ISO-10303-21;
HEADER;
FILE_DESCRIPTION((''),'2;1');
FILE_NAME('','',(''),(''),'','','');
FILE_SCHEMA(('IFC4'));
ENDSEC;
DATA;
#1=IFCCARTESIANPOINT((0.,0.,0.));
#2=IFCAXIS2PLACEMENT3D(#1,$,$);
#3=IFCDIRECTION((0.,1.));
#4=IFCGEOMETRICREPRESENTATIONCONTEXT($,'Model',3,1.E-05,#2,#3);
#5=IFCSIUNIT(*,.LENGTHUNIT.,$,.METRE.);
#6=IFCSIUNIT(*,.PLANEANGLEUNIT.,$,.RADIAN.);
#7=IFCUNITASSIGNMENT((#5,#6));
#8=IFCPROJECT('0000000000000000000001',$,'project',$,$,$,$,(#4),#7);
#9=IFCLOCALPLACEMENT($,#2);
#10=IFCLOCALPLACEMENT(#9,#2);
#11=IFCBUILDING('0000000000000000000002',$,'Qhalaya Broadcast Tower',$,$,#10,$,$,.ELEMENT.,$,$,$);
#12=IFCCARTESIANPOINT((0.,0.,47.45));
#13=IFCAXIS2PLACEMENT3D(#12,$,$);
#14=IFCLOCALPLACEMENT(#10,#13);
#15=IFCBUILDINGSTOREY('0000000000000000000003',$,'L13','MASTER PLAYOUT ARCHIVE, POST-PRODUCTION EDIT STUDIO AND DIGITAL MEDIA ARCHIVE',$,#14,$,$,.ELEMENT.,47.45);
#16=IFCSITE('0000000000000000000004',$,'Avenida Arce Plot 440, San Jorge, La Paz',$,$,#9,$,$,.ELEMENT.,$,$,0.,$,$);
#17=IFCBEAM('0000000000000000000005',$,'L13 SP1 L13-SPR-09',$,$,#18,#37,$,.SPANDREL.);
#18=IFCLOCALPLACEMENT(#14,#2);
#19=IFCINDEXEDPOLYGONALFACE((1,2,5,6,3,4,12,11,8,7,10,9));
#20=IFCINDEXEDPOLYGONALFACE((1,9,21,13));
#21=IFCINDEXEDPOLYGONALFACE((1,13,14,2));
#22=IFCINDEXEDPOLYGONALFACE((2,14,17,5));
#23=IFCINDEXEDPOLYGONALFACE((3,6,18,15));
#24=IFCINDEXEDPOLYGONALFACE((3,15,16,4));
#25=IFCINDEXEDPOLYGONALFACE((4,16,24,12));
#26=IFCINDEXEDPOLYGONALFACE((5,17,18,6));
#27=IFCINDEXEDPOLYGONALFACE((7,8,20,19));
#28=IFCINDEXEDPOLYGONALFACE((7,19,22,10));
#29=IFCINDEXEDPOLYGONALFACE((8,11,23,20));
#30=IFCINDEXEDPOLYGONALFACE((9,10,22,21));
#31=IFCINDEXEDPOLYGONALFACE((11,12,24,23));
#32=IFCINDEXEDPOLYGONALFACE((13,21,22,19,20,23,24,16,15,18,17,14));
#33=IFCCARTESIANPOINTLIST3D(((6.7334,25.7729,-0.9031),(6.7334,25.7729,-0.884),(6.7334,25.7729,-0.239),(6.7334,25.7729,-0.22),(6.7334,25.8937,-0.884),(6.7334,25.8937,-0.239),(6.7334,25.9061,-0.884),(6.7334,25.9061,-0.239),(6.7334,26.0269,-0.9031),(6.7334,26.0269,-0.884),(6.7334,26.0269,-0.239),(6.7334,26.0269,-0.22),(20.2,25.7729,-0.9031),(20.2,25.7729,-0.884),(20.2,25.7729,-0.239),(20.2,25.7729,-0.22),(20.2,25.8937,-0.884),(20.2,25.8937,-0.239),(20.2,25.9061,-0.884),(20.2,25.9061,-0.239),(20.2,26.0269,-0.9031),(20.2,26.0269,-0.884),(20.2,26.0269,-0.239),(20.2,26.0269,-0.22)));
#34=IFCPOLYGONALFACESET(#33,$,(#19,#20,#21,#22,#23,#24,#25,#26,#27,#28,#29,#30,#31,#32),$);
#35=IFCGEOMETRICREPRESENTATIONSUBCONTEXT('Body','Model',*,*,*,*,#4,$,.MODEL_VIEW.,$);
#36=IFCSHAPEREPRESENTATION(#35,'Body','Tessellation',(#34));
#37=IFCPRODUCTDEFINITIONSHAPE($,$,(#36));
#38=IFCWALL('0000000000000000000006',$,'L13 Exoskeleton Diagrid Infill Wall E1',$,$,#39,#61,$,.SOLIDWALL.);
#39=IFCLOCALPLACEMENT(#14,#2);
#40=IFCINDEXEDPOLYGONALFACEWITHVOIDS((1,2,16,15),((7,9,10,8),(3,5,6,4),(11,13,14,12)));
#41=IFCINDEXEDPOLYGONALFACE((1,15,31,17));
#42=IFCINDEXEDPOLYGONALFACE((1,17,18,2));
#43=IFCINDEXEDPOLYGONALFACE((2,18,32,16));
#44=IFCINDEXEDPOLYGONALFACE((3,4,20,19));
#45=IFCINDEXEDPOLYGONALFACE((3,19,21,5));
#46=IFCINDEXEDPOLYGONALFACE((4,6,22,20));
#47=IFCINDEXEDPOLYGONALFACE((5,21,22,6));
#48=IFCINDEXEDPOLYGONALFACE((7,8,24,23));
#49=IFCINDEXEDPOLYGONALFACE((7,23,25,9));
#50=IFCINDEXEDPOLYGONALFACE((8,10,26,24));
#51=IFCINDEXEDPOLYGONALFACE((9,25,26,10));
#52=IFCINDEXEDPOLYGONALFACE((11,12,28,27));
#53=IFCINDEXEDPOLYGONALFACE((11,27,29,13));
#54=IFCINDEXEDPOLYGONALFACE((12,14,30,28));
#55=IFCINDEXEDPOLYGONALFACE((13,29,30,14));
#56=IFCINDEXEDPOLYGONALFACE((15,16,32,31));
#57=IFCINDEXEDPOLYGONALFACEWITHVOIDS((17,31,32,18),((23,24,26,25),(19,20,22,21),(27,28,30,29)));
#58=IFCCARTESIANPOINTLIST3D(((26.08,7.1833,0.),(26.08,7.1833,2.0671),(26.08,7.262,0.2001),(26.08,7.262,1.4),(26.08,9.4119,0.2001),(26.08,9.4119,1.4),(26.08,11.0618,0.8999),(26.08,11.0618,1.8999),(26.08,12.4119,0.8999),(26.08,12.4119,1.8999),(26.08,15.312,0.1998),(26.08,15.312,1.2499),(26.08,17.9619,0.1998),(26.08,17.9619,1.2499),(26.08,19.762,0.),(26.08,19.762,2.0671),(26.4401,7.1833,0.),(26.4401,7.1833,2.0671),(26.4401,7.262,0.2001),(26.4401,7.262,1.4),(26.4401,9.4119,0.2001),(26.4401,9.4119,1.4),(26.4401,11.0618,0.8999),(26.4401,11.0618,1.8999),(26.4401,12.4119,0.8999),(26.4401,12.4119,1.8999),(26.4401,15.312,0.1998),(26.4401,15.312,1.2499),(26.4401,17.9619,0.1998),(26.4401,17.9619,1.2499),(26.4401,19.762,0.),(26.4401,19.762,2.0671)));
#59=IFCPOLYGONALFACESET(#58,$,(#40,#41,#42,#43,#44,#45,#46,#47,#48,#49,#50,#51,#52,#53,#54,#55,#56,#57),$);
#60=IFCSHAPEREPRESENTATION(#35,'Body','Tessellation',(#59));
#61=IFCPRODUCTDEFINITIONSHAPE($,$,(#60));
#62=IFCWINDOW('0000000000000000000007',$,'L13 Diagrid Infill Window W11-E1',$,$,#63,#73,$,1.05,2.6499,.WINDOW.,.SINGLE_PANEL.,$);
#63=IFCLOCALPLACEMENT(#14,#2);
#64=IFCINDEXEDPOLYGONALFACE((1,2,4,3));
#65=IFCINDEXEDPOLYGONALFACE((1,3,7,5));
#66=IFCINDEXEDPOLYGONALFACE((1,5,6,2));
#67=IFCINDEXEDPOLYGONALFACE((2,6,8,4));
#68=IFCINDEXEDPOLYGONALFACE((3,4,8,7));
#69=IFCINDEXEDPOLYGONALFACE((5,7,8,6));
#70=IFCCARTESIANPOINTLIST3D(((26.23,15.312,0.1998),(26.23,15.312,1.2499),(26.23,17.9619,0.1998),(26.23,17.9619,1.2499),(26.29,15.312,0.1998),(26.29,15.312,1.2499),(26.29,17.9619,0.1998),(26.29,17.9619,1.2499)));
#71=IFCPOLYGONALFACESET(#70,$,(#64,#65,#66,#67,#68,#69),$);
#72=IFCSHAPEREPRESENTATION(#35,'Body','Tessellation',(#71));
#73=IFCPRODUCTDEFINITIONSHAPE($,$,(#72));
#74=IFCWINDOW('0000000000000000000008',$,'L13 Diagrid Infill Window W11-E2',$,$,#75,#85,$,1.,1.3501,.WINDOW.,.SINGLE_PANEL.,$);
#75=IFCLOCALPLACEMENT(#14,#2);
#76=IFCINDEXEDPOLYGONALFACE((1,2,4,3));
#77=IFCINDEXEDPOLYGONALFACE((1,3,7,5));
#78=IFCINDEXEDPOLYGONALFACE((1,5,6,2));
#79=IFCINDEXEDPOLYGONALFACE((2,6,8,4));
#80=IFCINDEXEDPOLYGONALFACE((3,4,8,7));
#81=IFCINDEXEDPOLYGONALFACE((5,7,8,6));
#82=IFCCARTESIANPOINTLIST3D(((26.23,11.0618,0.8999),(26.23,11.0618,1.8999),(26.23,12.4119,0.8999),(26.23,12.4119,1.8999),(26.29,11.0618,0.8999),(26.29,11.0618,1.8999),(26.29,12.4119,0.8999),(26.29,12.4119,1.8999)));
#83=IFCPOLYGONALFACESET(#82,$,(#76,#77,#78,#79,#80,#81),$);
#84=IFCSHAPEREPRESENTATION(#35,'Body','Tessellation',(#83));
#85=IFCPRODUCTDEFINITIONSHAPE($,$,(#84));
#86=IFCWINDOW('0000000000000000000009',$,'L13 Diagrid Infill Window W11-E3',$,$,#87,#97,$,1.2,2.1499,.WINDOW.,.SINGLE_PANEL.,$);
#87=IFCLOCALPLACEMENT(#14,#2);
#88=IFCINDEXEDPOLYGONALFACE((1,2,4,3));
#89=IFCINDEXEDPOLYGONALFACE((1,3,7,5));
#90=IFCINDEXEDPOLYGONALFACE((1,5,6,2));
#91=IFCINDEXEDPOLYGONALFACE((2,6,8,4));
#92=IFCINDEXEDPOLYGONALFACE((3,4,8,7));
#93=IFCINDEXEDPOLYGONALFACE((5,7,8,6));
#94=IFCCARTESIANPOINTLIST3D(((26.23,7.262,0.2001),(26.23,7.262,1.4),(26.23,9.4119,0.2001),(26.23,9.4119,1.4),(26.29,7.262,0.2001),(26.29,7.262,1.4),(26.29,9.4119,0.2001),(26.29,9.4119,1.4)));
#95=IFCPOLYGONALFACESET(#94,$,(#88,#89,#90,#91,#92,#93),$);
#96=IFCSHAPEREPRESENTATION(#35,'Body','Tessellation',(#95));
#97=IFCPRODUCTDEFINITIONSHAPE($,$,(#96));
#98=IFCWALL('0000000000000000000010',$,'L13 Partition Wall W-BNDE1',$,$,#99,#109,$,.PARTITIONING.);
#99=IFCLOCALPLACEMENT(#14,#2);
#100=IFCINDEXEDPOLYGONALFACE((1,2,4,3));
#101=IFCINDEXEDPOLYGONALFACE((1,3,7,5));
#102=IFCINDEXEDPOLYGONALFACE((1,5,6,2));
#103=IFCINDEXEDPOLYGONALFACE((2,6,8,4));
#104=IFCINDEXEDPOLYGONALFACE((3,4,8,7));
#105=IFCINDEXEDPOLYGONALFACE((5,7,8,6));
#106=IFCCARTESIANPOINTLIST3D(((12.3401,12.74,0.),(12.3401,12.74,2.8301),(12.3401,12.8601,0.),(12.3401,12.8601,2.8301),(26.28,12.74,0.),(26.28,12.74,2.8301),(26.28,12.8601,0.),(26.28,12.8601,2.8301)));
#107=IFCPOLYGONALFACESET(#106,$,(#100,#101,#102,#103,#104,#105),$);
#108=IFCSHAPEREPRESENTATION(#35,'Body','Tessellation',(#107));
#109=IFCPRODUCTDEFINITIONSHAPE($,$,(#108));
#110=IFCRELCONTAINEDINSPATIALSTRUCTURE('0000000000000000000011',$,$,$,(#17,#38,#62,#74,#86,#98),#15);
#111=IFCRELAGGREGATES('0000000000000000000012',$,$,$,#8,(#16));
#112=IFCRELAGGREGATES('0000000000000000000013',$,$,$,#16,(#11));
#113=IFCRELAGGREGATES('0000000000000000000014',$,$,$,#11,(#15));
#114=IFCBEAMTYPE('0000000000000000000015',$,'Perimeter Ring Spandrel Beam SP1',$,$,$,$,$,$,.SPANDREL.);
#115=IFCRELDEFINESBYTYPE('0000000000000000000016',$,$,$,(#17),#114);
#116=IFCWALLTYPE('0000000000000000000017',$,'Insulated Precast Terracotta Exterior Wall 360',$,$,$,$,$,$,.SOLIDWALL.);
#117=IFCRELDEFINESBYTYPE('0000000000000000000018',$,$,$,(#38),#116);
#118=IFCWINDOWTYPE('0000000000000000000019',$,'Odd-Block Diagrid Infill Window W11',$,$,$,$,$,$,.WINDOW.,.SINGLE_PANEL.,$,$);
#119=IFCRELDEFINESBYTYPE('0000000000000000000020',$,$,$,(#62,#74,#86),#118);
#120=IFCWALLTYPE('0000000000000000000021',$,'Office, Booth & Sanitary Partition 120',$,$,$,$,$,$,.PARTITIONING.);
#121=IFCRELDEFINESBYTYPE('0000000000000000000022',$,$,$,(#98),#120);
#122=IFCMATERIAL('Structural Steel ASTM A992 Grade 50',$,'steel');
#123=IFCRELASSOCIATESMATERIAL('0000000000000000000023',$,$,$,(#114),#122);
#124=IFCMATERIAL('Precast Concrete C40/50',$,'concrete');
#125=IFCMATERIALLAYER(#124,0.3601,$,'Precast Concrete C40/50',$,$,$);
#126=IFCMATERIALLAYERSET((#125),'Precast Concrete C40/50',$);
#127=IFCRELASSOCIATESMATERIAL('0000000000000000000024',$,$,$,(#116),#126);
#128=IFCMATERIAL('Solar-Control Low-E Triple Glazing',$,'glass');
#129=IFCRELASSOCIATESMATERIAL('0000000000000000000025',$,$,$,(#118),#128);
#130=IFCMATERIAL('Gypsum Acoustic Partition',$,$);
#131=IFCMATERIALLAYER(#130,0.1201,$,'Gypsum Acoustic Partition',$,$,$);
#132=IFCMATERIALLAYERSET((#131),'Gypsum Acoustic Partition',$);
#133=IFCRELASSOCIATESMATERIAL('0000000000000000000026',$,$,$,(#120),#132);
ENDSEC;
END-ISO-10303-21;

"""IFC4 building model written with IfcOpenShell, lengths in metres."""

from ifc_helpers import new_model, si_unit, direction, frame, frame_2d, origin, origin_2d, place, context, subcontext, project, spatial, rectangle, i_section, extrude, material, layer, layer_set, material_profile, profile_set, type_object, element, fill, save


model = new_model("IFC4")

# Units and contexts
model_context = context("Model", 3, precision=1e-05, world=origin(), true_north=direction((0.0, 1.0)))
body_context = subcontext(model_context, "Body", "Model", "MODEL_VIEW")
ifc_project = project(units=[si_unit("LENGTHUNIT", "METRE"), si_unit("PLANEANGLEUNIT", "RADIAN")], contexts=[model_context])

# Site, building, storey
site_placement = place(None, origin())
site = spatial("IfcSite", under=ifc_project, at=site_placement, Name="Avenida Arce Plot 440, San Jorge, La Paz", CompositionType="ELEMENT", RefElevation=0.0)
building_placement = place(site_placement, origin())
building = spatial("IfcBuilding", under=site, at=building_placement, Name="Qhalaya Broadcast Tower", CompositionType="ELEMENT")
storey_placement = place(building_placement, frame((0.0, 0.0, 47.45)))
storey = spatial("IfcBuildingStorey", under=building, at=storey_placement, Name="L13", Description="MASTER PLAYOUT ARCHIVE, POST-PRODUCTION EDIT STUDIO AND DIGITAL MEDIA ARCHIVE", CompositionType="ELEMENT", Elevation=47.45)

# Shared definitions
ifc_material_1 = material(Name="Structural Steel ASTM A992 Grade 50", Category="steel")

# Beam
ifc_material_profile_1 = material_profile(ifc_material_1, i_section(OverallWidth=0.2539, OverallDepth=0.6831, WebThickness=0.0125, FlangeThickness=0.019, at=origin_2d()), Name="W27X94")
ifc_profile_set_1 = profile_set([ifc_material_profile_1], Name="Structural Steel ASTM A992 Grade 50")
beam_type_1 = type_object("IfcBeamType", Name="Perimeter Ring Spandrel Beam SP1", PredefinedType="SPANDREL", material=ifc_profile_set_1)
beam_1_placement = place(storey_placement, frame((20.2, 25.8999, -0.5615), z_axis=(-1.0, 0.0, 0.0), x_axis=(0.0, -1.0, 0.0)))
element("IfcBeam", 1, at=beam_1_placement, inside=storey, type_object=beam_type_1, Name="L13 SP1 L13-SPR-09", PredefinedType="SPANDREL", context=body_context, shape_type="SweptSolid", body=[
    extrude(i_section(OverallWidth=0.2539, OverallDepth=0.6831, WebThickness=0.0125, FlangeThickness=0.019, at=origin_2d()), origin(), (0.0, 0.0, 1.0), 13.4666),
])

# Wall, openings, windows
ifc_material_2 = material(Name="Precast Concrete C40/50", Category="concrete")
ifc_layer_1 = layer(ifc_material_2, 0.3601, Name="Precast Concrete C40/50")
ifc_layer_set_1 = layer_set([ifc_layer_1], Name="Precast Concrete C40/50")
wall_type_1 = type_object("IfcWallType", Name="Insulated Precast Terracotta Exterior Wall 360", PredefinedType="SOLIDWALL", material=ifc_layer_set_1)
wall_1_placement = place(storey_placement, frame((26.26, 19.762, 0.0), z_axis=(0.0, 0.0, 1.0), x_axis=(0.0, -1.0, 0.0)))
wall_1 = element("IfcWall", 2, at=wall_1_placement, inside=storey, type_object=wall_type_1, Name="L13 Exoskeleton Diagrid Infill Wall E1", PredefinedType="SOLIDWALL", context=body_context, shape_type="SweptSolid", body=[
    extrude(rectangle(XDim=12.5786, YDim=0.3601, at=frame_2d((6.2893, 0.0))), origin(), (0.0, 0.0, 1.0), 2.0671),
])
opening_1_placement = place(wall_1_placement, frame((1.8, 0.0, 0.2)))
opening_1 = element("IfcOpeningElement", 3, at=opening_1_placement, cuts=wall_1, PredefinedType="OPENING", context=body_context, shape_type="SweptSolid", body=[
    extrude(rectangle(XDim=2.6499, YDim=1.05, at=frame_2d((1.325, 0.5249))), frame((0.0, 0.1921, 0.0), z_axis=(0.0, -1.0, 0.0), x_axis=(1.0, 0.0, 0.0)), (0.0, 0.0, 1.0), 0.384),
])
opening_2_placement = place(wall_1_placement, frame((7.3501, 0.0, 0.8999)))
opening_2 = element("IfcOpeningElement", 4, at=opening_2_placement, cuts=wall_1, PredefinedType="OPENING", context=body_context, shape_type="SweptSolid", body=[
    extrude(rectangle(XDim=1.3501, YDim=1.0, at=frame_2d((0.675, 0.5))), frame((0.0, 0.1921, 0.0), z_axis=(0.0, -1.0, 0.0), x_axis=(1.0, 0.0, 0.0)), (0.0, 0.0, 1.0), 0.384),
])
opening_3_placement = place(wall_1_placement, frame((10.3501, 0.0, 0.2)))
opening_3 = element("IfcOpeningElement", 5, at=opening_3_placement, cuts=wall_1, PredefinedType="OPENING", context=body_context, shape_type="SweptSolid", body=[
    extrude(rectangle(XDim=2.1499, YDim=1.2, at=frame_2d((1.075, 0.6001))), frame((0.0, 0.1921, 0.0), z_axis=(0.0, -1.0, 0.0), x_axis=(1.0, 0.0, 0.0)), (0.0, 0.0, 1.0), 0.384),
])
ifc_material_3 = material(Name="Solar-Control Low-E Triple Glazing", Category="glass")
window_type = type_object("IfcWindowType", Name="Odd-Block Diagrid Infill Window W11", PartitioningType="SINGLE_PANEL", PredefinedType="WINDOW", material=ifc_material_3)
window_1_placement = place(opening_1_placement, origin())
window_1 = element("IfcWindow", 6, at=window_1_placement, inside=storey, type_object=window_type, Name="L13 Diagrid Infill Window W11-E1", OverallHeight=1.05, OverallWidth=2.6499, PartitioningType="SINGLE_PANEL", PredefinedType="WINDOW", context=body_context, shape_type="SweptSolid", body=[
    extrude(rectangle(XDim=2.6499, YDim=1.05, at=frame_2d((1.325, 0.5249))), frame((0.0, 0.03, 0.0), z_axis=(0.0, -1.0, 0.0), x_axis=(1.0, 0.0, 0.0)), (0.0, 0.0, 1.0), 0.0601),
])
fill(opening_1, window_1)
window_2_placement = place(opening_2_placement, origin())
window_2 = element("IfcWindow", 7, at=window_2_placement, inside=storey, type_object=window_type, Name="L13 Diagrid Infill Window W11-E2", OverallHeight=1.0, OverallWidth=1.3501, PartitioningType="SINGLE_PANEL", PredefinedType="WINDOW", context=body_context, shape_type="SweptSolid", body=[
    extrude(rectangle(XDim=1.3501, YDim=1.0, at=frame_2d((0.675, 0.5))), frame((0.0, 0.03, 0.0), z_axis=(0.0, -1.0, 0.0), x_axis=(1.0, 0.0, 0.0)), (0.0, 0.0, 1.0), 0.0601),
])
fill(opening_2, window_2)
window_3_placement = place(opening_3_placement, origin())
window_3 = element("IfcWindow", 8, at=window_3_placement, inside=storey, type_object=window_type, Name="L13 Diagrid Infill Window W11-E3", OverallHeight=1.2, OverallWidth=2.1499, PartitioningType="SINGLE_PANEL", PredefinedType="WINDOW", context=body_context, shape_type="SweptSolid", body=[
    extrude(rectangle(XDim=2.1499, YDim=1.2, at=frame_2d((1.075, 0.6001))), frame((0.0, 0.03, 0.0), z_axis=(0.0, -1.0, 0.0), x_axis=(1.0, 0.0, 0.0)), (0.0, 0.0, 1.0), 0.0601),
])
fill(opening_3, window_3)

# Wall
ifc_material_4 = material(Name="Gypsum Acoustic Partition")
ifc_layer_2 = layer(ifc_material_4, 0.1201, Name="Gypsum Acoustic Partition")
ifc_layer_set_2 = layer_set([ifc_layer_2], Name="Gypsum Acoustic Partition")
wall_type_2 = type_object("IfcWallType", Name="Office, Booth & Sanitary Partition 120", PredefinedType="PARTITIONING", material=ifc_layer_set_2)
wall_2_placement = place(storey_placement, frame((12.3401, 12.8, 0.0), z_axis=(0.0, 0.0, 1.0), x_axis=(1.0, 0.0, 0.0)))
element("IfcWall", 9, at=wall_2_placement, inside=storey, type_object=wall_type_2, Name="L13 Partition Wall W-BNDE1", PredefinedType="PARTITIONING", context=body_context, shape_type="SweptSolid", body=[
    extrude(rectangle(XDim=13.9399, YDim=0.1201, at=frame_2d((6.97, 0.0))), origin(), (0.0, 0.0, 1.0), 2.8301),
])

save(model, "model.ifc")
